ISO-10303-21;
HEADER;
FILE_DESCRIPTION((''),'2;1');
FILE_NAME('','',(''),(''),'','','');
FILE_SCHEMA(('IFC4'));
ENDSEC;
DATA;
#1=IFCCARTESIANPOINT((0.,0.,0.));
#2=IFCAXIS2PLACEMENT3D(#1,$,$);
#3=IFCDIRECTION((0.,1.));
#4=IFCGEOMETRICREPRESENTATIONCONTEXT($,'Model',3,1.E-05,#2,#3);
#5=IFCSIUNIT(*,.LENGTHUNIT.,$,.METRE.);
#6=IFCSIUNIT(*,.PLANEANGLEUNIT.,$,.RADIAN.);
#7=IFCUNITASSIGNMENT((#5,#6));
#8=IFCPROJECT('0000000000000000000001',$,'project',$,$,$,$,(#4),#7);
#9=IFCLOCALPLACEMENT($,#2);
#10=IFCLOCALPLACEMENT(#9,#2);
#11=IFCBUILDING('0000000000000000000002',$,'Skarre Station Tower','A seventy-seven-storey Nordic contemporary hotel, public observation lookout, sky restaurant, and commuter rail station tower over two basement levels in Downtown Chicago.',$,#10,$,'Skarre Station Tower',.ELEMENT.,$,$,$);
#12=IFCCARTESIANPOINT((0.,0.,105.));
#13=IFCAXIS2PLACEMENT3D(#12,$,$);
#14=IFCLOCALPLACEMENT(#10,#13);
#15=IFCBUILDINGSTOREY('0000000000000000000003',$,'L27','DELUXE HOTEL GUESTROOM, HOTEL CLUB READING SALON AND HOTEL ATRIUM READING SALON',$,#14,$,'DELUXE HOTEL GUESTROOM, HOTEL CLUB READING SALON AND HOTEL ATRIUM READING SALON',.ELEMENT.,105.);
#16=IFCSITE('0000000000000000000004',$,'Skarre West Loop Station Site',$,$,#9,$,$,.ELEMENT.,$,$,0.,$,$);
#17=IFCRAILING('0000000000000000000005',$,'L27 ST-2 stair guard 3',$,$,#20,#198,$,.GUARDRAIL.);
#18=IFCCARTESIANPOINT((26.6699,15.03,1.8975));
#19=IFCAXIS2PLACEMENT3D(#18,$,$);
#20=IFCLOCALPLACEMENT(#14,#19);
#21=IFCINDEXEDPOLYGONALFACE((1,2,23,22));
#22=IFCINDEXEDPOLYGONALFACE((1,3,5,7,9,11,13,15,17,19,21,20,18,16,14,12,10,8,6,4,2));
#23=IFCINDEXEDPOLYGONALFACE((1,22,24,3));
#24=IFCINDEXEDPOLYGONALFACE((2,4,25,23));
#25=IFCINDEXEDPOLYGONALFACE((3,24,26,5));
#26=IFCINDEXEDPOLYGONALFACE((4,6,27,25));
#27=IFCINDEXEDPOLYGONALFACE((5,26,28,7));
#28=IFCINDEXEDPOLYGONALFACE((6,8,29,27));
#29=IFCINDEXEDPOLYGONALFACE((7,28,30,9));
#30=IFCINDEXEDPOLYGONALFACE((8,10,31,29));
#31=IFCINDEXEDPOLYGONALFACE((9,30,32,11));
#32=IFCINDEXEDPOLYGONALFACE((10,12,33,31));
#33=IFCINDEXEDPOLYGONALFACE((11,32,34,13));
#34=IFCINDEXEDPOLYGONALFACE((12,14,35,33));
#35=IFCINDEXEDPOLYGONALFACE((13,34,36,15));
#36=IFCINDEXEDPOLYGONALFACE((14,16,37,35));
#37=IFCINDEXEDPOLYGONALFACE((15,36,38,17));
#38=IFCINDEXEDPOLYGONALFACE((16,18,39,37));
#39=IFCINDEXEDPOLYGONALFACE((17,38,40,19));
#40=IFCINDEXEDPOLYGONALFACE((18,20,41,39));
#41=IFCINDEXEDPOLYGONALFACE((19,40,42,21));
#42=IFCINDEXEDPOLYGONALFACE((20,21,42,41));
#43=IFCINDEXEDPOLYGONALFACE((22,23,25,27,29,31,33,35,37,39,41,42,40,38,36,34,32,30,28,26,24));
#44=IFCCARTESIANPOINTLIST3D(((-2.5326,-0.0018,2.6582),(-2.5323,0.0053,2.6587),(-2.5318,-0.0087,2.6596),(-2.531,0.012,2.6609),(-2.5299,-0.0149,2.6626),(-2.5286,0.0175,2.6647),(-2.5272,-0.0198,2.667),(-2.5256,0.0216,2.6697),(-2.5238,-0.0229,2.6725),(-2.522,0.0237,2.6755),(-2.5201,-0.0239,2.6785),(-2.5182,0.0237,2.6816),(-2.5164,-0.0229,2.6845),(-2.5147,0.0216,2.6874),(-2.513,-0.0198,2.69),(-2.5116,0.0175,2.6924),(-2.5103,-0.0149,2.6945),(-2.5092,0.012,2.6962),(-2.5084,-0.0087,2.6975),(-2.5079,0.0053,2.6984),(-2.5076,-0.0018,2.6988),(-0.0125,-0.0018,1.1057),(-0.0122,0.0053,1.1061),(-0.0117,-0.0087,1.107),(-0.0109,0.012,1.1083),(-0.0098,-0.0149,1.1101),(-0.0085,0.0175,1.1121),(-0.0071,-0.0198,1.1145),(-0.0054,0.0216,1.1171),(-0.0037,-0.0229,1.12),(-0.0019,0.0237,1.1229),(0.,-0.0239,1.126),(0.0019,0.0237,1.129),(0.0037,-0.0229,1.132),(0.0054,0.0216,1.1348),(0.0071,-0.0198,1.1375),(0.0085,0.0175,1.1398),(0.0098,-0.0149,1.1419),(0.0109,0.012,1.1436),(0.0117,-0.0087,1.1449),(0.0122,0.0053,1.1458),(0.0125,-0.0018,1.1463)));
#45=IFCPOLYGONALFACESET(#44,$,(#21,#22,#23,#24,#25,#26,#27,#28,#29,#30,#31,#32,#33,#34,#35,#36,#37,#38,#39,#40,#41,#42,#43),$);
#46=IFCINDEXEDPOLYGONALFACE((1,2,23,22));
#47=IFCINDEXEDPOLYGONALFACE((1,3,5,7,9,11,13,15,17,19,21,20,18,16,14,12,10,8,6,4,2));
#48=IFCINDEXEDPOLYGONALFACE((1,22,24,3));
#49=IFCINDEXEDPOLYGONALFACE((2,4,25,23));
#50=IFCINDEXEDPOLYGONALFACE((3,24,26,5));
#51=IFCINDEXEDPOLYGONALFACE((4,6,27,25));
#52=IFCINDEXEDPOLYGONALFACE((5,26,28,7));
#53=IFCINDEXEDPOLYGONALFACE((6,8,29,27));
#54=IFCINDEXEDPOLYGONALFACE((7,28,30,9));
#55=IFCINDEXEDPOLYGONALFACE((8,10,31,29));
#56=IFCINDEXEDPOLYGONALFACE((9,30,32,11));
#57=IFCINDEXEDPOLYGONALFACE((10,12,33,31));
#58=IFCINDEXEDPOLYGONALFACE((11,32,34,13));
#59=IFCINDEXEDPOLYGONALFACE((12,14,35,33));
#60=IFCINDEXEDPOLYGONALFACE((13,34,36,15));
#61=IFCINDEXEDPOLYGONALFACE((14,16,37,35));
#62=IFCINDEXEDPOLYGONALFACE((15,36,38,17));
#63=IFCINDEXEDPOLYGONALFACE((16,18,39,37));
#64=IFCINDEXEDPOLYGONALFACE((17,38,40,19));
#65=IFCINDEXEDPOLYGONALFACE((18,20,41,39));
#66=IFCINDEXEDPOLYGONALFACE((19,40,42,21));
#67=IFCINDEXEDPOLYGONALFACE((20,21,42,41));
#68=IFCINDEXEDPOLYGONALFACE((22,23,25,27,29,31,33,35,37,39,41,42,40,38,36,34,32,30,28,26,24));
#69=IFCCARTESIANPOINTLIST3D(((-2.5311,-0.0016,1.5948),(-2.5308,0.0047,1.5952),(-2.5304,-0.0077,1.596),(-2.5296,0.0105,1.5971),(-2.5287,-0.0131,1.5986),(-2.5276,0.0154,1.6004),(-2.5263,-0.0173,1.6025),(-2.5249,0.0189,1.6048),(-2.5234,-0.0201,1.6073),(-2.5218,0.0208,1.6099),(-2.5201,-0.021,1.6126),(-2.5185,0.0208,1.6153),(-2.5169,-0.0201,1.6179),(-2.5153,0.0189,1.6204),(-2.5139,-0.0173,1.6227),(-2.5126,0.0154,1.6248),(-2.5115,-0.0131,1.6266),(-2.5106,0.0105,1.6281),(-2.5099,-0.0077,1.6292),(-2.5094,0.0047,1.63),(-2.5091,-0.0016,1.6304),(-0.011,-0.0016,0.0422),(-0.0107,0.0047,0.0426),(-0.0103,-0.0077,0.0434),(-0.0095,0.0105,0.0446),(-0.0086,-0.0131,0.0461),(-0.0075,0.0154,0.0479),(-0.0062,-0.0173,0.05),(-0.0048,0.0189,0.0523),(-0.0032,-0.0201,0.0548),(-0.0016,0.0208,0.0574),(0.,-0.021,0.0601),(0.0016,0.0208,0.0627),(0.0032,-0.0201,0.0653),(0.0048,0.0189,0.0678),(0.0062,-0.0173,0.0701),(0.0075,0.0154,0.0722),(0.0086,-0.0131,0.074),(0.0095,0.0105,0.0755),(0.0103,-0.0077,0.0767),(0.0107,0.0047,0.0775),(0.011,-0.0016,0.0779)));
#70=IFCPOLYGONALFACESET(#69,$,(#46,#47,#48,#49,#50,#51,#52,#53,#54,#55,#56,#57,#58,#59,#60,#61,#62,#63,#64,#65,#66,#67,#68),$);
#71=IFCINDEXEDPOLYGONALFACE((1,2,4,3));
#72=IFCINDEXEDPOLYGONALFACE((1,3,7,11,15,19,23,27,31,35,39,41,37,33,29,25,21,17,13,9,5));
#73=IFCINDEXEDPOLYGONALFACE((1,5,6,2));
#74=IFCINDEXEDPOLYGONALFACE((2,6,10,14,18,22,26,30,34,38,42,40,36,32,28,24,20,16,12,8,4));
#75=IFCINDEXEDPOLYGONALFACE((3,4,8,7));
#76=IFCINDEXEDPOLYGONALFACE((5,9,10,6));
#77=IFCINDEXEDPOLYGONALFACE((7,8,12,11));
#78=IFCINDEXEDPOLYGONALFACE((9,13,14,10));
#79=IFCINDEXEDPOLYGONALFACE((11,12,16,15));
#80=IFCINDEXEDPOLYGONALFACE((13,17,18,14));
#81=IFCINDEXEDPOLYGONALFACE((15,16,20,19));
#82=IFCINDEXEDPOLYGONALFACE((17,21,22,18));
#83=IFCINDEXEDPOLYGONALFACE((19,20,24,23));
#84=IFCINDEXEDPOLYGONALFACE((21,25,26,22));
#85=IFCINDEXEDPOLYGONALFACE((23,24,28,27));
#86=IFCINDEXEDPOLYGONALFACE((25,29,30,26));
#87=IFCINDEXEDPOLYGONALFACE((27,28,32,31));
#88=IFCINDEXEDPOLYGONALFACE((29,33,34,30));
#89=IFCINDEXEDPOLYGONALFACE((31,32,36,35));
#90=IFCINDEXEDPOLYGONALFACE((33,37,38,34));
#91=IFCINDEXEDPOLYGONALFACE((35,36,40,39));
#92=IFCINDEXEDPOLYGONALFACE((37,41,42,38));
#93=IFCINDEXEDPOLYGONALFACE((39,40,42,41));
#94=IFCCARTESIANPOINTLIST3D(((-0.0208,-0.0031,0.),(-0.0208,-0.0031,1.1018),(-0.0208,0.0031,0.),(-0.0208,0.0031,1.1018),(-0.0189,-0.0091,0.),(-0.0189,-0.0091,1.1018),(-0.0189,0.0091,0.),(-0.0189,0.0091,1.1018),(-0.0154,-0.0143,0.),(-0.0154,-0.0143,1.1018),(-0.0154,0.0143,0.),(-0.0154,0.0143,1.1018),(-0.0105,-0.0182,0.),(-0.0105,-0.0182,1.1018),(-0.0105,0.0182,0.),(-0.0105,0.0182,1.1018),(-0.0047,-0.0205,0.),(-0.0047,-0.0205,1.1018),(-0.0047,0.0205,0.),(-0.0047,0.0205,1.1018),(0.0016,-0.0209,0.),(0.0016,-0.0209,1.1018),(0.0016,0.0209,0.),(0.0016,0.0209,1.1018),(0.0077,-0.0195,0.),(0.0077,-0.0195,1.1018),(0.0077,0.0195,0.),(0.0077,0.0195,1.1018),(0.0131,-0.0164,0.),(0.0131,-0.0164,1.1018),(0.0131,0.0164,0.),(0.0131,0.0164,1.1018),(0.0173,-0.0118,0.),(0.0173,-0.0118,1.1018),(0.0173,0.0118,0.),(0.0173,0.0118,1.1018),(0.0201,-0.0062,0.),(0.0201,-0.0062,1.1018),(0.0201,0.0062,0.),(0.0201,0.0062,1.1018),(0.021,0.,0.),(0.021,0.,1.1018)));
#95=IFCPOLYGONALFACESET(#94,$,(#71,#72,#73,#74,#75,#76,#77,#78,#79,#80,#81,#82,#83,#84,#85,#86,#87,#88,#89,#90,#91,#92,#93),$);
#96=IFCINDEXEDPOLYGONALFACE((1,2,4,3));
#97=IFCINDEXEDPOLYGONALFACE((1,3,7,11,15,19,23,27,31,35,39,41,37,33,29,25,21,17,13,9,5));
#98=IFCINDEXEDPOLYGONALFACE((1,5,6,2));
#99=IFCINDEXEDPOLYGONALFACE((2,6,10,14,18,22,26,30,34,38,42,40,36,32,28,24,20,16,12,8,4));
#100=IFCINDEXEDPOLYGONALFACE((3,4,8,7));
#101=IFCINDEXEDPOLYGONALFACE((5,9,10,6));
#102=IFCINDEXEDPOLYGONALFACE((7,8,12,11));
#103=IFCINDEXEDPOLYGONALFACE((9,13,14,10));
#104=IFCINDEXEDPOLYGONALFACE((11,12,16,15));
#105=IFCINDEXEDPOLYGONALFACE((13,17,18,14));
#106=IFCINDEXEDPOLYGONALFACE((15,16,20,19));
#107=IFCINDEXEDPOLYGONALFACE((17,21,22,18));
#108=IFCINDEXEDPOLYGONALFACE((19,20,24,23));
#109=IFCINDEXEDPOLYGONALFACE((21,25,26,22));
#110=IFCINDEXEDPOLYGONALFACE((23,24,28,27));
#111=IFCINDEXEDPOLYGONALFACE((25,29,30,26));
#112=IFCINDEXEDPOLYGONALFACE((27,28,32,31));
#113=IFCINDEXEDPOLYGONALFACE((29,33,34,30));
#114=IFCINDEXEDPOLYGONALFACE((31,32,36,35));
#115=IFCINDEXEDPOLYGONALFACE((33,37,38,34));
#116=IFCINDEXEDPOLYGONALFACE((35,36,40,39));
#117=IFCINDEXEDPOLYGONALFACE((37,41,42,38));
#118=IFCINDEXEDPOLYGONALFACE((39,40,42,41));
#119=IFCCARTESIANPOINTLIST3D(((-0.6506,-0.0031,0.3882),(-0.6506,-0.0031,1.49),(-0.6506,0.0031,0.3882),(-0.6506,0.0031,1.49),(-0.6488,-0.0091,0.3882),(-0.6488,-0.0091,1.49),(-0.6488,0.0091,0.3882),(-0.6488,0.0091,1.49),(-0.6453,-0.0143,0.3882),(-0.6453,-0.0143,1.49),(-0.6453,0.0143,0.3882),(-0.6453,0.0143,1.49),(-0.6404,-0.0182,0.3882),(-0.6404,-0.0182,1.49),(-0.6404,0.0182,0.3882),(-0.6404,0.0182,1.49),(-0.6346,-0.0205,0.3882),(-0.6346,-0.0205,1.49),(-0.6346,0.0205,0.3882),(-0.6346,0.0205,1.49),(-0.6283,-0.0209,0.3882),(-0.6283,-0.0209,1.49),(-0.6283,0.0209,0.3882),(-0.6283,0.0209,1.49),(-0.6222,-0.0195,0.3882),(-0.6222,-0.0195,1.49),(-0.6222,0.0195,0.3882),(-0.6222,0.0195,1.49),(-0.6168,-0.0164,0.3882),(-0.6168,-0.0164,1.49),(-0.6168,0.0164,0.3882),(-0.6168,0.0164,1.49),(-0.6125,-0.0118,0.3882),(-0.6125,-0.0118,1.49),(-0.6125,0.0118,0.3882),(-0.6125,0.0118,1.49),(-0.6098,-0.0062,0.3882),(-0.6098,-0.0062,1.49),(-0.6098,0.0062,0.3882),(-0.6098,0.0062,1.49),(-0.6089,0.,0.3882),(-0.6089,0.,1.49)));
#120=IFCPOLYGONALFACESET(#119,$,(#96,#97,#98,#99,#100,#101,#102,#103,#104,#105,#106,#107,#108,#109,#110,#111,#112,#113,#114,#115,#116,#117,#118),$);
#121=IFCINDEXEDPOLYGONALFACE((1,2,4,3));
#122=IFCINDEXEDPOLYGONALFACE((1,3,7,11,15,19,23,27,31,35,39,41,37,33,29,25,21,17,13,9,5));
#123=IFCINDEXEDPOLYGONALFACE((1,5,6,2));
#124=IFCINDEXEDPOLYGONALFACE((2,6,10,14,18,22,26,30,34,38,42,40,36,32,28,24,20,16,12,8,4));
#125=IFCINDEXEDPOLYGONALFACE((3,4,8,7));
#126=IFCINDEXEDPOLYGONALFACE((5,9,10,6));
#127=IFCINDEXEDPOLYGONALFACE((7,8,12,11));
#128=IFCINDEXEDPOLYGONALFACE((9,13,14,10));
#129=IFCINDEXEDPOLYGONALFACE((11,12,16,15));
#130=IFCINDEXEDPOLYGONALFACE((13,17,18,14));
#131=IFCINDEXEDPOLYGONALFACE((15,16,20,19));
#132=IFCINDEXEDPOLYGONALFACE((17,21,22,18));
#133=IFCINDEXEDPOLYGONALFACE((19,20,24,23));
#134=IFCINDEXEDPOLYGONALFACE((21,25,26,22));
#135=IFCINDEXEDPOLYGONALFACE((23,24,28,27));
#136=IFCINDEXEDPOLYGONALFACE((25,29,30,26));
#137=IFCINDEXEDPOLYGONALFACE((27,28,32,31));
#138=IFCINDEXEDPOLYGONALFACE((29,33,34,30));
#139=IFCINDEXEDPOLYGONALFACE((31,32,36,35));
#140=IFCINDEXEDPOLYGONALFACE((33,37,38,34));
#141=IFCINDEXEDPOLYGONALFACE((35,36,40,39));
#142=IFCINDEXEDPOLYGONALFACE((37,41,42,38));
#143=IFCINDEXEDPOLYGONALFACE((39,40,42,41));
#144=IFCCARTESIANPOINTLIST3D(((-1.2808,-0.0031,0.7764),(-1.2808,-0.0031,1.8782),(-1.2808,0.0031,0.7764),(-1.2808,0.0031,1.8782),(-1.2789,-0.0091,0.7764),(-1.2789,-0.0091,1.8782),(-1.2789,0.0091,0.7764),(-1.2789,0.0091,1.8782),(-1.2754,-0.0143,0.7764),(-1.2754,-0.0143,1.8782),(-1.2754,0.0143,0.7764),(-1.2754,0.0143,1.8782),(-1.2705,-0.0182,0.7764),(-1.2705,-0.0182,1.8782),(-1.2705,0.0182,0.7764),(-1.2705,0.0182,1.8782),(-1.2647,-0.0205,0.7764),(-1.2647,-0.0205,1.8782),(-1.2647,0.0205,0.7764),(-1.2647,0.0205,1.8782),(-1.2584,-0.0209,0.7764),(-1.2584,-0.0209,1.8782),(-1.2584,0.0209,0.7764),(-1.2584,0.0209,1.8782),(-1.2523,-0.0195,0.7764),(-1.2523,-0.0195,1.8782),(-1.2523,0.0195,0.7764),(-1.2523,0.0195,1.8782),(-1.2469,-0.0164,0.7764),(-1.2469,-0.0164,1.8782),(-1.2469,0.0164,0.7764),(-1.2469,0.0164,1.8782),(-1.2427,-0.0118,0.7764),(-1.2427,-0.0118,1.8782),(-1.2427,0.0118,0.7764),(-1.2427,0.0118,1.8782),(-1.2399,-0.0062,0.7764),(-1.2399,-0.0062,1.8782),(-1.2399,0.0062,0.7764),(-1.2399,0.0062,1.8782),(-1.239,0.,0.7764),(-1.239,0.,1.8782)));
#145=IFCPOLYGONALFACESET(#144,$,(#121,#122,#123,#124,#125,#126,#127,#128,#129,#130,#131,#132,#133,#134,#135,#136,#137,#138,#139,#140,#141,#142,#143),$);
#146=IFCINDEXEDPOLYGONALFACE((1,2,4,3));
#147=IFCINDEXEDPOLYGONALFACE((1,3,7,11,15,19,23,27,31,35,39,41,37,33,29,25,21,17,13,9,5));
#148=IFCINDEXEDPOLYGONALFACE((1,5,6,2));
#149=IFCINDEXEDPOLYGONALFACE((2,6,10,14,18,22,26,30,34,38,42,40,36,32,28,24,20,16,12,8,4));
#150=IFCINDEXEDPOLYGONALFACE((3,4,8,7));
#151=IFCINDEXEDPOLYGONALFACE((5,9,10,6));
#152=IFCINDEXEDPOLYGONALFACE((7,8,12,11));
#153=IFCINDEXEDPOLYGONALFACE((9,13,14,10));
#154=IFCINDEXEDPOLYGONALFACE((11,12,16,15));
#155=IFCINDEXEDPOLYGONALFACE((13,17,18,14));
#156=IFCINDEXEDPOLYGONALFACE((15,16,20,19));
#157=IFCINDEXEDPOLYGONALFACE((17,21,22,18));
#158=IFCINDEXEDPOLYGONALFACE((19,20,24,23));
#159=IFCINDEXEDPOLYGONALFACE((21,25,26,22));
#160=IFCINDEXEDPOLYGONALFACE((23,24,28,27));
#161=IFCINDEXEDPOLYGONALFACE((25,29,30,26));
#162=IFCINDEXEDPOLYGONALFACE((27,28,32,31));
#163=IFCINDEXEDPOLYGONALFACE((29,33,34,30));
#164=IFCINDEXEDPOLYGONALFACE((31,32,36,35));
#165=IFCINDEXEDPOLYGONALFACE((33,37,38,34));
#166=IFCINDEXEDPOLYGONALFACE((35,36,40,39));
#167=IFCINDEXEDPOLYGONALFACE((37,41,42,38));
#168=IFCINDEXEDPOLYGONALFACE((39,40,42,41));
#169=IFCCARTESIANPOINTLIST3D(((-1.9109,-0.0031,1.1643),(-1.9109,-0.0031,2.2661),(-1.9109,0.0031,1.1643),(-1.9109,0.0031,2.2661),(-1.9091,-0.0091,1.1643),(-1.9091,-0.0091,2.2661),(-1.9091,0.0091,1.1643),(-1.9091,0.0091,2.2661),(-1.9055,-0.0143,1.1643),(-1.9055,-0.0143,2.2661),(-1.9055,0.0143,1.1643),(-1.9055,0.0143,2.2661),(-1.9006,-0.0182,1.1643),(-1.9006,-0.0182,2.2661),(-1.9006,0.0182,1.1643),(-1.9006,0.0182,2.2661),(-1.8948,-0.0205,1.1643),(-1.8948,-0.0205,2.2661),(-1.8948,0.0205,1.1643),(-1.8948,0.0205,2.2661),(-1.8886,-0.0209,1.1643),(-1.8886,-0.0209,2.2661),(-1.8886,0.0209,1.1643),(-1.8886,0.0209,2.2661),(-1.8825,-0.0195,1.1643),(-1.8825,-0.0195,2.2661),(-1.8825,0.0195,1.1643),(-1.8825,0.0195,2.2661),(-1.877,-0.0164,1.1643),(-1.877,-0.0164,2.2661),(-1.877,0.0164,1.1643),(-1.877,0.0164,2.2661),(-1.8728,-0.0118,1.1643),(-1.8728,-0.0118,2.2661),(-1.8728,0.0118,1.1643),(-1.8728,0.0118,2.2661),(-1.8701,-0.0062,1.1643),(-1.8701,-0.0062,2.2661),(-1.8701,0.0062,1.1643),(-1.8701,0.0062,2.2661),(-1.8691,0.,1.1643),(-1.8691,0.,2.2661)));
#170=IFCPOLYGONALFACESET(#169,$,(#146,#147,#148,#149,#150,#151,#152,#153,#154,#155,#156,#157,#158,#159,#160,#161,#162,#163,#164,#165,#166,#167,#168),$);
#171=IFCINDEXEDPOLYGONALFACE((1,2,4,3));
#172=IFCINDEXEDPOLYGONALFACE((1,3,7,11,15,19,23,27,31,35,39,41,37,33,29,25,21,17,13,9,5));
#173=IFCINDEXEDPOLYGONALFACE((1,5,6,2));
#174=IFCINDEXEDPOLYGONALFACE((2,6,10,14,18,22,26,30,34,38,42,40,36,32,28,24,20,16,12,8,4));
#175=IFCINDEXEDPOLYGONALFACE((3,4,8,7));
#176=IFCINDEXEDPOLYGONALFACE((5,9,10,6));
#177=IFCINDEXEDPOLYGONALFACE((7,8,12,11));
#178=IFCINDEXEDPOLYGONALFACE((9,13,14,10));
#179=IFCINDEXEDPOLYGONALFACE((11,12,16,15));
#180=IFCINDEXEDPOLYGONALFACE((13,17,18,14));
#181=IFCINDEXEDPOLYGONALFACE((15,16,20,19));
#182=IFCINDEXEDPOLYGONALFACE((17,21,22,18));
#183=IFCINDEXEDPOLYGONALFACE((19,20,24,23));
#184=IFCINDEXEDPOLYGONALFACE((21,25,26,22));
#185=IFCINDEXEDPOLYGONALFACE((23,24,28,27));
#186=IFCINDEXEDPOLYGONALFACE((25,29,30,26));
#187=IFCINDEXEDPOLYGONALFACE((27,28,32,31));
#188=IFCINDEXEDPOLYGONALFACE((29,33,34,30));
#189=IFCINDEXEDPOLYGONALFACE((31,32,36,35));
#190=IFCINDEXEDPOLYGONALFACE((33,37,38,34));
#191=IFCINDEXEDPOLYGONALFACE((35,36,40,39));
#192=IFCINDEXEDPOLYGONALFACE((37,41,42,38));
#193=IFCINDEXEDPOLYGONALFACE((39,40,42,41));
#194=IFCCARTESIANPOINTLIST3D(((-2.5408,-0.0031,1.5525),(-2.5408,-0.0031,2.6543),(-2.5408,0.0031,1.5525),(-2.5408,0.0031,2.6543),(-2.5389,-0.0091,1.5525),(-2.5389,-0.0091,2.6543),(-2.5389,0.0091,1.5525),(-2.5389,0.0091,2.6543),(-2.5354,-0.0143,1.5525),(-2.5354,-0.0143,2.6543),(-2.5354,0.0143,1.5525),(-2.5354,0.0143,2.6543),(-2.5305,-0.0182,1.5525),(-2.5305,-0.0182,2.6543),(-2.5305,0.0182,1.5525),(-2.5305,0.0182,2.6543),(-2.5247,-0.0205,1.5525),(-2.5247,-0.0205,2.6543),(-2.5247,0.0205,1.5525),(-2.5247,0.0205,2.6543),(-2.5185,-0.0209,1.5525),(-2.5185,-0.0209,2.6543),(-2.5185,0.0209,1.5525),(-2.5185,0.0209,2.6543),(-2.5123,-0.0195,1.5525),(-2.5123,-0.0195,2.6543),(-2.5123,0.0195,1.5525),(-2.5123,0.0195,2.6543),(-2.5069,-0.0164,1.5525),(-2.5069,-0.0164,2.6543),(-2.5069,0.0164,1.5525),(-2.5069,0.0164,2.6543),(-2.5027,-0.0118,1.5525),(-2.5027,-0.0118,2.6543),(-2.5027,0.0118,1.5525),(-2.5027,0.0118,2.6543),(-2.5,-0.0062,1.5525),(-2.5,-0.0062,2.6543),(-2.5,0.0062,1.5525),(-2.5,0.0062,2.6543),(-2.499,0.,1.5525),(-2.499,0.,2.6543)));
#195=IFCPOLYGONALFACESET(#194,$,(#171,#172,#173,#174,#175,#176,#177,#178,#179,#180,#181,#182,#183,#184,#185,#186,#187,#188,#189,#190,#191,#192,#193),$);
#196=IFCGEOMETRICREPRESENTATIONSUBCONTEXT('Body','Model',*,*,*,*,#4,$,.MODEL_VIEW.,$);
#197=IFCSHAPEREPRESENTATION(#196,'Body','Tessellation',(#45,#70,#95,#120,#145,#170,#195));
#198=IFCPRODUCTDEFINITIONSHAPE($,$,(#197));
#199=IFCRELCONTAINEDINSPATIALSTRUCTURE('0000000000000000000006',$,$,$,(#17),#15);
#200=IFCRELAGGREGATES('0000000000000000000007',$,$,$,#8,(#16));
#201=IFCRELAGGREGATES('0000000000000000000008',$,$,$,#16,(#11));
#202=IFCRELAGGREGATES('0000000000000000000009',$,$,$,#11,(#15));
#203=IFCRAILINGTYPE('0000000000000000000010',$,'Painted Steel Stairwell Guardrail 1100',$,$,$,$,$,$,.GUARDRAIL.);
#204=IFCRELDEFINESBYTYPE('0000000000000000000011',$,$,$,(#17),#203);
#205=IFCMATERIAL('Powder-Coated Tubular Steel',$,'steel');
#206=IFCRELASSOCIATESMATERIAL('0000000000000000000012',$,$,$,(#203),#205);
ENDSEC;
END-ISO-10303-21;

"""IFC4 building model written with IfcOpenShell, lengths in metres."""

from ifc_helpers import new_model, si_unit, direction, frame, origin, origin_2d, place, context, subcontext, project, spatial, circle, extrude, material, type_object, element, save


model = new_model("IFC4")

# Units and contexts
model_context = context("Model", 3, precision=1e-05, world=origin(), true_north=direction((0.0, 1.0)))
body_context = subcontext(model_context, "Body", "Model", "MODEL_VIEW")
ifc_project = project(units=[si_unit("LENGTHUNIT", "METRE"), si_unit("PLANEANGLEUNIT", "RADIAN")], contexts=[model_context])

# Site, building, storey
site_placement = place(None, origin())
site = spatial("IfcSite", under=ifc_project, at=site_placement, Name="Skarre West Loop Station Site", CompositionType="ELEMENT", RefElevation=0.0)
building_placement = place(site_placement, origin())
building = spatial("IfcBuilding", under=site, at=building_placement, Name="Skarre Station Tower", Description="A seventy-seven-storey Nordic contemporary hotel, public observation lookout, sky restaurant, and commuter rail station tower over two basement levels in Downtown Chicago.", LongName="Skarre Station Tower", CompositionType="ELEMENT")
storey_placement = place(building_placement, frame((0.0, 0.0, 105.0)))
storey = spatial("IfcBuildingStorey", under=building, at=storey_placement, Name="L27", Description="DELUXE HOTEL GUESTROOM, HOTEL CLUB READING SALON AND HOTEL ATRIUM READING SALON", LongName="DELUXE HOTEL GUESTROOM, HOTEL CLUB READING SALON AND HOTEL ATRIUM READING SALON", CompositionType="ELEMENT", Elevation=105.0)

# Railing
ifc_material_1 = material(Name="Powder-Coated Tubular Steel", Category="steel")
railing_type_1 = type_object("IfcRailingType", Name="Painted Steel Stairwell Guardrail 1100", PredefinedType="GUARDRAIL", material=ifc_material_1)
railing_1_placement = place(storey_placement, frame((26.6699, 15.03, 1.8975)))
element("IfcRailing", 1, at=railing_1_placement, inside=storey, type_object=railing_type_1, Name="L27 ST-2 stair guard 3", PredefinedType="GUARDRAIL", context=body_context, shape_type="SweptSolid", body=[
    extrude(circle(Radius=0.0239, at=origin_2d()), frame((0.0, 0.0, 1.126), z_axis=(-0.8514, 0.0, 0.524516), x_axis=(0.0, -1.0, 0.0)), (0.0, 0.0, 1.0), 2.96),
    extrude(circle(Radius=0.021, at=origin_2d()), frame((0.0, 0.0, 0.0601), z_axis=(-0.8514, 0.0, 0.524516), x_axis=(0.0, -1.0, 0.0)), (0.0, 0.0, 1.0), 2.96),
    extrude(circle(Radius=0.021, at=origin_2d()), origin(), (0.0, 0.0, 1.0), 1.1018),
    extrude(circle(Radius=0.021, at=origin_2d()), frame((-0.6299, 0.0, 0.3882)), (0.0, 0.0, 1.0), 1.1018),
    extrude(circle(Radius=0.021, at=origin_2d()), frame((-1.26, 0.0, 0.7764)), (0.0, 0.0, 1.0), 1.1018),
    extrude(circle(Radius=0.021, at=origin_2d()), frame((-1.8901, 0.0, 1.1643)), (0.0, 0.0, 1.0), 1.1018),
    extrude(circle(Radius=0.021, at=origin_2d()), frame((-2.52, 0.0, 1.5525)), (0.0, 0.0, 1.0), 1.1018),
])

save(model, "model.ifc")
